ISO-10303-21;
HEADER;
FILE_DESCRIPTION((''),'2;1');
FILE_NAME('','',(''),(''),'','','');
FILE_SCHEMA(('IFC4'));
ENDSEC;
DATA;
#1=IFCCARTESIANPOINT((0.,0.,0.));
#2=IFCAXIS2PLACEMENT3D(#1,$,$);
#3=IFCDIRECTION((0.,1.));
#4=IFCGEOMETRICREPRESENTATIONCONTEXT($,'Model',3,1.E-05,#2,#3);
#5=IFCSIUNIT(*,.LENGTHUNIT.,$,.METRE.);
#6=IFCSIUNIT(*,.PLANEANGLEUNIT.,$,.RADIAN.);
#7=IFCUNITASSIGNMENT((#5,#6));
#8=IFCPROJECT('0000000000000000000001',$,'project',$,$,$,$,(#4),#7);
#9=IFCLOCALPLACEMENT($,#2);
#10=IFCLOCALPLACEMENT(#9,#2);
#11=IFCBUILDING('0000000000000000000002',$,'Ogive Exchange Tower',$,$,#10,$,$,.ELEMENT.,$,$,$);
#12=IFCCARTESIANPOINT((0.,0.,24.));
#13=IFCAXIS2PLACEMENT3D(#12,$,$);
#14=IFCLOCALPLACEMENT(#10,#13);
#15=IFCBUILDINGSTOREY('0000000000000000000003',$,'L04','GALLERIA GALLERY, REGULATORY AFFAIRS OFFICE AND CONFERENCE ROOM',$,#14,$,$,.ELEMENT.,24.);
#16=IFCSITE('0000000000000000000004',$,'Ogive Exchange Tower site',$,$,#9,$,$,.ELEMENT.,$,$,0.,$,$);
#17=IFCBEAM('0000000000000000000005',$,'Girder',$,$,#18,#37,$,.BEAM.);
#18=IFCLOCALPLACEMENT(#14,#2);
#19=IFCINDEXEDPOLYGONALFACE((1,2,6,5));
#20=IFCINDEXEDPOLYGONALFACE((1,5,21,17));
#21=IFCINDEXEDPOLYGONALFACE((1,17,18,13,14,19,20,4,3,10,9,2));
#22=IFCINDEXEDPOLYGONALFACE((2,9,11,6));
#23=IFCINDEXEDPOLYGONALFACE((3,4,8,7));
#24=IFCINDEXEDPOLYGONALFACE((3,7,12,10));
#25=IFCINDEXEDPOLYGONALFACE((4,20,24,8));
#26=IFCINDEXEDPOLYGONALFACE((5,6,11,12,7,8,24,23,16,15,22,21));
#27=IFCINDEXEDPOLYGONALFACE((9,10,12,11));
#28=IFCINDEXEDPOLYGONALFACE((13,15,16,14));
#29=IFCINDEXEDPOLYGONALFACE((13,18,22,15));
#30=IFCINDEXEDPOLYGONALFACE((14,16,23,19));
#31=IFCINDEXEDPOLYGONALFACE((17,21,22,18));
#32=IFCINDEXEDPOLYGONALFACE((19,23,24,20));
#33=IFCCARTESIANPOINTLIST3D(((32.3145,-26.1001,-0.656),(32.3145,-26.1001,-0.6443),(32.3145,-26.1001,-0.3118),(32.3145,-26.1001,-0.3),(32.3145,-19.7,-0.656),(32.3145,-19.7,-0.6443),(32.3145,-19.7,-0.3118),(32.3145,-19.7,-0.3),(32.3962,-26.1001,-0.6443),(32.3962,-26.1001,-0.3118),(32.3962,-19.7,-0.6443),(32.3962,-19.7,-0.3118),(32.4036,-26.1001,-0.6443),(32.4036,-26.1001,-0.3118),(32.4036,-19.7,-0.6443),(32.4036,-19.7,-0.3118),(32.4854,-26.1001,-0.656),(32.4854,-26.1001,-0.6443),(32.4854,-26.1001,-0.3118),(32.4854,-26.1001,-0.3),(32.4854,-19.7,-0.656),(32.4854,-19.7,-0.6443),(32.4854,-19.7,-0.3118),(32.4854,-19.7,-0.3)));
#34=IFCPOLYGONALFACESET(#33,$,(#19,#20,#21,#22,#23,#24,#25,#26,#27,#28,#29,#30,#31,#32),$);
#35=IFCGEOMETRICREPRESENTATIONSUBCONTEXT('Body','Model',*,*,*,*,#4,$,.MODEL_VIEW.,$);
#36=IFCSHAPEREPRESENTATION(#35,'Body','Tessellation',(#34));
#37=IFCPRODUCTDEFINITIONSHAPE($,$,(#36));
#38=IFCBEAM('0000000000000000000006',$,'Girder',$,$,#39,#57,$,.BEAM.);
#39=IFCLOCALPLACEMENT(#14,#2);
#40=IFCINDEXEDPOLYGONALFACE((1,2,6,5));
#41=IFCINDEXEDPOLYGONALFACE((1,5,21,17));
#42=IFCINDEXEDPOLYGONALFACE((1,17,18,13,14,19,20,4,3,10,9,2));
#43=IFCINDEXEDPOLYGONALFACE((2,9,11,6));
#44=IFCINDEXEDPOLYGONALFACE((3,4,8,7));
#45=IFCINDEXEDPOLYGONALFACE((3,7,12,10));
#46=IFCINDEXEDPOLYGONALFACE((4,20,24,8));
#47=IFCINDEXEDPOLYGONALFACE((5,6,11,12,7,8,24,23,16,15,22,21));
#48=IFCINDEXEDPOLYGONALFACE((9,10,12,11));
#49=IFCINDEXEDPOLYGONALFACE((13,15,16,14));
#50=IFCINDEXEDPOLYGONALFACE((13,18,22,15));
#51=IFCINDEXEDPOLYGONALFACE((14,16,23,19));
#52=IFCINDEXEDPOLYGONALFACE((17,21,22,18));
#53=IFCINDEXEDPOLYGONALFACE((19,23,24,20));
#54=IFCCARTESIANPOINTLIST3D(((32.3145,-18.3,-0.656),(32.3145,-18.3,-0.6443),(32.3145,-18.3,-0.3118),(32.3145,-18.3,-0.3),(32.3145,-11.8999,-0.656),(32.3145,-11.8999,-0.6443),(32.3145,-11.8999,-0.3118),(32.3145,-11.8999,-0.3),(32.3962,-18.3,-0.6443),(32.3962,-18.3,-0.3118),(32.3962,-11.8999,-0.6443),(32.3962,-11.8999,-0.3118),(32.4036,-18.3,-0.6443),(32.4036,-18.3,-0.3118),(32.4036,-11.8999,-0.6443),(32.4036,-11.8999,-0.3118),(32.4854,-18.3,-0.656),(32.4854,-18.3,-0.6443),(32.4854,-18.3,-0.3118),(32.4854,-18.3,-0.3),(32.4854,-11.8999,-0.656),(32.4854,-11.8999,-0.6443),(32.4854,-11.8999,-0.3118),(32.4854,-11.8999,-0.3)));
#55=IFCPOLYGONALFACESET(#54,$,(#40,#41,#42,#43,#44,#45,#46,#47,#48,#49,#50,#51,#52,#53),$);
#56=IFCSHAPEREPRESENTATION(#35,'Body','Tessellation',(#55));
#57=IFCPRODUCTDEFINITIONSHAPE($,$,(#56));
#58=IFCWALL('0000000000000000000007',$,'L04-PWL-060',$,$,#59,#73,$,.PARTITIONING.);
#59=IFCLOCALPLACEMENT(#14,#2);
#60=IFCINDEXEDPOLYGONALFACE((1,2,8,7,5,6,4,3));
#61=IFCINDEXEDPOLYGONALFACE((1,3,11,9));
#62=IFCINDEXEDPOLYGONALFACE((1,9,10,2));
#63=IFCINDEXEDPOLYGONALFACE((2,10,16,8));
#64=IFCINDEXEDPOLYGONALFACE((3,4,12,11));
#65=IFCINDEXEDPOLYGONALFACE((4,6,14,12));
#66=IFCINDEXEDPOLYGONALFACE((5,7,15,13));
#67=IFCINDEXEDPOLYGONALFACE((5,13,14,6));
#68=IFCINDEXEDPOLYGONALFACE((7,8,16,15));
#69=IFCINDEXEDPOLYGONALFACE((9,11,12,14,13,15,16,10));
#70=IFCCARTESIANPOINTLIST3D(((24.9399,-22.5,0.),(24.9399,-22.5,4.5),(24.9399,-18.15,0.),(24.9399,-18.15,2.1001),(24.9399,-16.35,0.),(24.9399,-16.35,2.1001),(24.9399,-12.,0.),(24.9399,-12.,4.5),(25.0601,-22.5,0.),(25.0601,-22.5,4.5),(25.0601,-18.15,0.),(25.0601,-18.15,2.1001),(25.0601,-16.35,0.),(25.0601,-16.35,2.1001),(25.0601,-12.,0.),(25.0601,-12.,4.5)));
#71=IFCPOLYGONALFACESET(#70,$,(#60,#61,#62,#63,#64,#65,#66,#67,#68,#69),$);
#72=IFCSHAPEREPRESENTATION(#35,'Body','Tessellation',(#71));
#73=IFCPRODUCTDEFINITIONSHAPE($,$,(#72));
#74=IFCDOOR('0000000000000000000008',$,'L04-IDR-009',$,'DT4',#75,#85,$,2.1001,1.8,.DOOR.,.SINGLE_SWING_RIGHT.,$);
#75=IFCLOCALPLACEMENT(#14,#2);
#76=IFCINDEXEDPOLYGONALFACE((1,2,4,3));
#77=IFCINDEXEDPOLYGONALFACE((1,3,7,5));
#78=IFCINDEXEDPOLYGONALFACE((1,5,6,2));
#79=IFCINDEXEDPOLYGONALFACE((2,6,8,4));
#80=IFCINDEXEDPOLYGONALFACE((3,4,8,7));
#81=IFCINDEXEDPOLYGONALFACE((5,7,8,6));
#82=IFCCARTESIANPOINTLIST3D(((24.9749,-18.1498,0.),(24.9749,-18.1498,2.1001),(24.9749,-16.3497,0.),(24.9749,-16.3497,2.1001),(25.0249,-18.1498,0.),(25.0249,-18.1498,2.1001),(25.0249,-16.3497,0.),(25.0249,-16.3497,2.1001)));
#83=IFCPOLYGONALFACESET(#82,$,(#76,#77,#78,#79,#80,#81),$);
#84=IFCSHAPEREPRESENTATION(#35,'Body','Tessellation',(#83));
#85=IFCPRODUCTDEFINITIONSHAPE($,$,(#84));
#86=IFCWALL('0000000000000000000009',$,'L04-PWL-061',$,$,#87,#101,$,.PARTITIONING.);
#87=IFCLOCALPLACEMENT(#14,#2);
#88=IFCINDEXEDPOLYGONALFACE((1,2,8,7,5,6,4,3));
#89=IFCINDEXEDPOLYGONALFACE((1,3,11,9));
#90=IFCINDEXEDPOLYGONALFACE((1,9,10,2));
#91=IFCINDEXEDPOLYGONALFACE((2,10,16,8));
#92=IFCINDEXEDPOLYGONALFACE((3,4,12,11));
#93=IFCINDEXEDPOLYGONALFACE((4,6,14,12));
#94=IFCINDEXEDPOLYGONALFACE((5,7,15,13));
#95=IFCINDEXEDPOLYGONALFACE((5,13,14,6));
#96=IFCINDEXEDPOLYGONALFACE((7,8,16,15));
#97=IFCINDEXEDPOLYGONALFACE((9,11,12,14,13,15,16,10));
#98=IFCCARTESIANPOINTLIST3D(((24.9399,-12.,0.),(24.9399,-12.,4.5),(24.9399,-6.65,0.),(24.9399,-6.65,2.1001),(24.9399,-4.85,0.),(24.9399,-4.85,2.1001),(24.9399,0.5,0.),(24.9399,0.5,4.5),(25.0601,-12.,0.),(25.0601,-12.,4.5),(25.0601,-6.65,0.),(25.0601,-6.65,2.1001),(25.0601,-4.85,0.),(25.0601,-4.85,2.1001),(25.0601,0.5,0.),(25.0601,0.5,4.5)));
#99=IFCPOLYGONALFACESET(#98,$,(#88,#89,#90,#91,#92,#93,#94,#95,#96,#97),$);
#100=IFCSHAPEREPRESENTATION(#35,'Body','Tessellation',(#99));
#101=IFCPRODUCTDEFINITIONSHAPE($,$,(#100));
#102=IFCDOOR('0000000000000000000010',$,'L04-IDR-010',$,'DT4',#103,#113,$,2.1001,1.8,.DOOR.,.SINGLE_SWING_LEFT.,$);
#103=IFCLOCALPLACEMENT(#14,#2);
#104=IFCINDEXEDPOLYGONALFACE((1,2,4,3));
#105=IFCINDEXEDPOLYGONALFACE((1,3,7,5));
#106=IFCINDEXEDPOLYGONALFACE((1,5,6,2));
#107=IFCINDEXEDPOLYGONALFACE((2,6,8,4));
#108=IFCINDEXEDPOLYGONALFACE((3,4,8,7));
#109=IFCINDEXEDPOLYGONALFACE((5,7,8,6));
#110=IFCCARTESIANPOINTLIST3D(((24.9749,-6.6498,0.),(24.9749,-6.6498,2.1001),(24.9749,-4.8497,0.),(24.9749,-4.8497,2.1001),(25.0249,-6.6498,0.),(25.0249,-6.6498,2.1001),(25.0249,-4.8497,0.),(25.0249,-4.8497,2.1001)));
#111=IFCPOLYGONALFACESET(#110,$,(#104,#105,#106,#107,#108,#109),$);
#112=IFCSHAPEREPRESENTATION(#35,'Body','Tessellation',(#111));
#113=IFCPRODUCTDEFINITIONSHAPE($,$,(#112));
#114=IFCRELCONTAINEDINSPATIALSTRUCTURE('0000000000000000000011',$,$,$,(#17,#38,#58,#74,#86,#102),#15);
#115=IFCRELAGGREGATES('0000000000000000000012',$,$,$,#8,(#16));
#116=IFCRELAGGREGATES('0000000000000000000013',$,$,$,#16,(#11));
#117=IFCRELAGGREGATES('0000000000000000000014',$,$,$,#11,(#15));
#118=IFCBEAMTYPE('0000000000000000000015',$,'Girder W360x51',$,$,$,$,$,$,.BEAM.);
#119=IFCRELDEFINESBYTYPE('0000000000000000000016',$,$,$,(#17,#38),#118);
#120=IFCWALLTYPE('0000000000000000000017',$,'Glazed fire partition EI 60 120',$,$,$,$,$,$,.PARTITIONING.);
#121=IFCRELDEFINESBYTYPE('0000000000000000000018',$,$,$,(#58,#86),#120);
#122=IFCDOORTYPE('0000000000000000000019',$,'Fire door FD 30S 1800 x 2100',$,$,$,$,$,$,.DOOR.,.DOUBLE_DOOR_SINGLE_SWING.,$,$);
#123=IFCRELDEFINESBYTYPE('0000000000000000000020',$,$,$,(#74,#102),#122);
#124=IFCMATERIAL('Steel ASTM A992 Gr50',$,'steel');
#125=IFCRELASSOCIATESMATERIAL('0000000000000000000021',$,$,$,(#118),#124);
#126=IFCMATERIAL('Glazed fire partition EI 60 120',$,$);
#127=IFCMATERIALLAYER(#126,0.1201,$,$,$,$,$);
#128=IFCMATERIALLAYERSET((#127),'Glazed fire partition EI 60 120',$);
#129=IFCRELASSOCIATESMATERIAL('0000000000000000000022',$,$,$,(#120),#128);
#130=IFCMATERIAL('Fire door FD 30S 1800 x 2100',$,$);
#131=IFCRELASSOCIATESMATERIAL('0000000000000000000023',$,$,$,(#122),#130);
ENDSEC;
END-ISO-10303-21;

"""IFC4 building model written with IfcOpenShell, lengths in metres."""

from ifc_helpers import new_model, si_unit, direction, frame, frame_2d, origin, origin_2d, place, context, subcontext, project, spatial, rectangle, i_section, extrude, material, layer, layer_set, material_profile, profile_set, type_object, element, fill, save


model = new_model("IFC4")

# Units and contexts
model_context = context("Model", 3, precision=1e-05, world=origin(), true_north=direction((0.0, 1.0)))
body_context = subcontext(model_context, "Body", "Model", "MODEL_VIEW")
ifc_project = project(units=[si_unit("LENGTHUNIT", "METRE"), si_unit("PLANEANGLEUNIT", "RADIAN")], contexts=[model_context])

# Site, building, storey
site_placement = place(None, origin())
site = spatial("IfcSite", under=ifc_project, at=site_placement, Name="Ogive Exchange Tower site", CompositionType="ELEMENT", RefElevation=0.0)
building_placement = place(site_placement, origin())
building = spatial("IfcBuilding", under=site, at=building_placement, Name="Ogive Exchange Tower", CompositionType="ELEMENT")
storey_placement = place(building_placement, frame((0.0, 0.0, 24.0)))
storey = spatial("IfcBuildingStorey", under=building, at=storey_placement, Name="L04", Description="GALLERIA GALLERY, REGULATORY AFFAIRS OFFICE AND CONFERENCE ROOM", CompositionType="ELEMENT", Elevation=24.0)

# Beams
ifc_material_1 = material(Name="Steel ASTM A992 Gr50", Category="steel")
ifc_material_profile_1 = material_profile(ifc_material_1, i_section(OverallWidth=0.1709, OverallDepth=0.356, WebThickness=0.0073, FlangeThickness=0.0117, at=origin_2d()), Name="W360x51")
ifc_profile_set_1 = profile_set([ifc_material_profile_1], Name="Steel ASTM A992 Gr50")
beam_type_1 = type_object("IfcBeamType", Name="Girder W360x51", PredefinedType="BEAM", material=ifc_profile_set_1)
for number, where, z_axis, x_axis, name in (
    (1, (32.3999, -26.1001, -0.478), (0.0, 1.0, 0.0), (-1.0, 0.0, 0.0), "Girder"),
    (2, (32.3999, -18.3, -0.478), (0.0, 1.0, 0.0), (-1.0, 0.0, 0.0), "Girder"),
):
    element("IfcBeam", number, at=place(storey_placement, frame(where, z_axis=z_axis, x_axis=x_axis)), inside=storey, type_object=beam_type_1, Name=name, PredefinedType="BEAM", context=body_context, shape_type="SweptSolid", body=[
        extrude(i_section(OverallWidth=0.1709, OverallDepth=0.356, WebThickness=0.0073, FlangeThickness=0.0117, at=origin_2d()), origin(), (0.0, 0.0, 1.0), 6.4001),
    ])

# Walls, openings, doors
ifc_material_2 = material(Name="Glazed fire partition EI 60 120")
ifc_layer_1 = layer(ifc_material_2, 0.1201)
ifc_layer_set_1 = layer_set([ifc_layer_1], Name="Glazed fire partition EI 60 120")
wall_type_1 = type_object("IfcWallType", Name="Glazed fire partition EI 60 120", PredefinedType="PARTITIONING", material=ifc_layer_set_1)
wall_1_placement = place(storey_placement, frame((25.0, -22.5, 0.0), z_axis=(0.0, 0.0, 1.0), x_axis=(0.0, 1.0, 0.0)))
wall_1 = element("IfcWall", 3, at=wall_1_placement, inside=storey, type_object=wall_type_1, Name="L04-PWL-060", PredefinedType="PARTITIONING", context=body_context, shape_type="SweptSolid", body=[
    extrude(rectangle(XDim=10.5, YDim=0.1201, at=frame_2d((5.25, 0.0))), origin(), (0.0, 0.0, 1.0), 4.5),
])
opening_1_placement = place(wall_1_placement, frame((4.3501, 0.0, 0.0)))
opening_1 = element("IfcOpeningElement", 4, at=opening_1_placement, cuts=wall_1, PredefinedType="OPENING", context=body_context, shape_type="SweptSolid", body=[
    extrude(rectangle(XDim=1.8, YDim=2.1001, at=frame_2d((0.8999, 1.05))), frame((0.0, 0.0701, 0.0), z_axis=(0.0, -1.0, 0.0), x_axis=(1.0, 0.0, 0.0)), (0.0, 0.0, 1.0), 0.1401),
])
ifc_material_3 = material(Name="Fire door FD 30S 1800 x 2100")
door_type = type_object("IfcDoorType", Name="Fire door FD 30S 1800 x 2100", OperationType="DOUBLE_DOOR_SINGLE_SWING", PredefinedType="DOOR", material=ifc_material_3)
door_1_placement = place(opening_1_placement, frame((1.8, 0.0, 0.0), z_axis=(0.0, 0.0, 1.0), x_axis=(-1.0, 0.0, 0.0)))
door_1 = element("IfcDoor", 5, at=door_1_placement, inside=storey, type_object=door_type, Name="L04-IDR-009", ObjectType="DT4", OperationType="SINGLE_SWING_RIGHT", OverallHeight=2.1001, OverallWidth=1.8, PredefinedType="DOOR", context=body_context, shape_type="SweptSolid", body=[
    extrude(rectangle(XDim=1.8, YDim=2.1001, at=frame_2d((0.8999, 1.05))), frame((0.0, 0.0249, 0.0), z_axis=(0.0, -1.0, 0.0), x_axis=(1.0, 0.0, 0.0)), (0.0, 0.0, 1.0), 0.05),
])
fill(opening_1, door_1)
wall_2_placement = place(storey_placement, frame((25.0, -12.0, 0.0), z_axis=(0.0, 0.0, 1.0), x_axis=(0.0, 1.0, 0.0)))
wall_2 = element("IfcWall", 6, at=wall_2_placement, inside=storey, type_object=wall_type_1, Name="L04-PWL-061", PredefinedType="PARTITIONING", context=body_context, shape_type="SweptSolid", body=[
    extrude(rectangle(XDim=12.5, YDim=0.1201, at=frame_2d((6.25, 0.0))), origin(), (0.0, 0.0, 1.0), 4.5),
])
opening_2_placement = place(wall_2_placement, frame((5.3501, 0.0, 0.0)))
opening_2 = element("IfcOpeningElement", 7, at=opening_2_placement, cuts=wall_2, PredefinedType="OPENING", context=body_context, shape_type="SweptSolid", body=[
    extrude(rectangle(XDim=1.8, YDim=2.1001, at=frame_2d((0.8999, 1.05))), frame((0.0, 0.0701, 0.0), z_axis=(0.0, -1.0, 0.0), x_axis=(1.0, 0.0, 0.0)), (0.0, 0.0, 1.0), 0.1401),
])
door_2_placement = place(opening_2_placement, frame((1.8, 0.0, 0.0), z_axis=(0.0, 0.0, 1.0), x_axis=(-1.0, 0.0, 0.0)))
door_2 = element("IfcDoor", 8, at=door_2_placement, inside=storey, type_object=door_type, Name="L04-IDR-010", ObjectType="DT4", OperationType="SINGLE_SWING_LEFT", OverallHeight=2.1001, OverallWidth=1.8, PredefinedType="DOOR", context=body_context, shape_type="SweptSolid", body=[
    extrude(rectangle(XDim=1.8, YDim=2.1001, at=frame_2d((0.8999, 1.05))), frame((0.0, 0.0249, 0.0), z_axis=(0.0, -1.0, 0.0), x_axis=(1.0, 0.0, 0.0)), (0.0, 0.0, 1.0), 0.05),
])
fill(opening_2, door_2)

save(model, "model.ifc")
